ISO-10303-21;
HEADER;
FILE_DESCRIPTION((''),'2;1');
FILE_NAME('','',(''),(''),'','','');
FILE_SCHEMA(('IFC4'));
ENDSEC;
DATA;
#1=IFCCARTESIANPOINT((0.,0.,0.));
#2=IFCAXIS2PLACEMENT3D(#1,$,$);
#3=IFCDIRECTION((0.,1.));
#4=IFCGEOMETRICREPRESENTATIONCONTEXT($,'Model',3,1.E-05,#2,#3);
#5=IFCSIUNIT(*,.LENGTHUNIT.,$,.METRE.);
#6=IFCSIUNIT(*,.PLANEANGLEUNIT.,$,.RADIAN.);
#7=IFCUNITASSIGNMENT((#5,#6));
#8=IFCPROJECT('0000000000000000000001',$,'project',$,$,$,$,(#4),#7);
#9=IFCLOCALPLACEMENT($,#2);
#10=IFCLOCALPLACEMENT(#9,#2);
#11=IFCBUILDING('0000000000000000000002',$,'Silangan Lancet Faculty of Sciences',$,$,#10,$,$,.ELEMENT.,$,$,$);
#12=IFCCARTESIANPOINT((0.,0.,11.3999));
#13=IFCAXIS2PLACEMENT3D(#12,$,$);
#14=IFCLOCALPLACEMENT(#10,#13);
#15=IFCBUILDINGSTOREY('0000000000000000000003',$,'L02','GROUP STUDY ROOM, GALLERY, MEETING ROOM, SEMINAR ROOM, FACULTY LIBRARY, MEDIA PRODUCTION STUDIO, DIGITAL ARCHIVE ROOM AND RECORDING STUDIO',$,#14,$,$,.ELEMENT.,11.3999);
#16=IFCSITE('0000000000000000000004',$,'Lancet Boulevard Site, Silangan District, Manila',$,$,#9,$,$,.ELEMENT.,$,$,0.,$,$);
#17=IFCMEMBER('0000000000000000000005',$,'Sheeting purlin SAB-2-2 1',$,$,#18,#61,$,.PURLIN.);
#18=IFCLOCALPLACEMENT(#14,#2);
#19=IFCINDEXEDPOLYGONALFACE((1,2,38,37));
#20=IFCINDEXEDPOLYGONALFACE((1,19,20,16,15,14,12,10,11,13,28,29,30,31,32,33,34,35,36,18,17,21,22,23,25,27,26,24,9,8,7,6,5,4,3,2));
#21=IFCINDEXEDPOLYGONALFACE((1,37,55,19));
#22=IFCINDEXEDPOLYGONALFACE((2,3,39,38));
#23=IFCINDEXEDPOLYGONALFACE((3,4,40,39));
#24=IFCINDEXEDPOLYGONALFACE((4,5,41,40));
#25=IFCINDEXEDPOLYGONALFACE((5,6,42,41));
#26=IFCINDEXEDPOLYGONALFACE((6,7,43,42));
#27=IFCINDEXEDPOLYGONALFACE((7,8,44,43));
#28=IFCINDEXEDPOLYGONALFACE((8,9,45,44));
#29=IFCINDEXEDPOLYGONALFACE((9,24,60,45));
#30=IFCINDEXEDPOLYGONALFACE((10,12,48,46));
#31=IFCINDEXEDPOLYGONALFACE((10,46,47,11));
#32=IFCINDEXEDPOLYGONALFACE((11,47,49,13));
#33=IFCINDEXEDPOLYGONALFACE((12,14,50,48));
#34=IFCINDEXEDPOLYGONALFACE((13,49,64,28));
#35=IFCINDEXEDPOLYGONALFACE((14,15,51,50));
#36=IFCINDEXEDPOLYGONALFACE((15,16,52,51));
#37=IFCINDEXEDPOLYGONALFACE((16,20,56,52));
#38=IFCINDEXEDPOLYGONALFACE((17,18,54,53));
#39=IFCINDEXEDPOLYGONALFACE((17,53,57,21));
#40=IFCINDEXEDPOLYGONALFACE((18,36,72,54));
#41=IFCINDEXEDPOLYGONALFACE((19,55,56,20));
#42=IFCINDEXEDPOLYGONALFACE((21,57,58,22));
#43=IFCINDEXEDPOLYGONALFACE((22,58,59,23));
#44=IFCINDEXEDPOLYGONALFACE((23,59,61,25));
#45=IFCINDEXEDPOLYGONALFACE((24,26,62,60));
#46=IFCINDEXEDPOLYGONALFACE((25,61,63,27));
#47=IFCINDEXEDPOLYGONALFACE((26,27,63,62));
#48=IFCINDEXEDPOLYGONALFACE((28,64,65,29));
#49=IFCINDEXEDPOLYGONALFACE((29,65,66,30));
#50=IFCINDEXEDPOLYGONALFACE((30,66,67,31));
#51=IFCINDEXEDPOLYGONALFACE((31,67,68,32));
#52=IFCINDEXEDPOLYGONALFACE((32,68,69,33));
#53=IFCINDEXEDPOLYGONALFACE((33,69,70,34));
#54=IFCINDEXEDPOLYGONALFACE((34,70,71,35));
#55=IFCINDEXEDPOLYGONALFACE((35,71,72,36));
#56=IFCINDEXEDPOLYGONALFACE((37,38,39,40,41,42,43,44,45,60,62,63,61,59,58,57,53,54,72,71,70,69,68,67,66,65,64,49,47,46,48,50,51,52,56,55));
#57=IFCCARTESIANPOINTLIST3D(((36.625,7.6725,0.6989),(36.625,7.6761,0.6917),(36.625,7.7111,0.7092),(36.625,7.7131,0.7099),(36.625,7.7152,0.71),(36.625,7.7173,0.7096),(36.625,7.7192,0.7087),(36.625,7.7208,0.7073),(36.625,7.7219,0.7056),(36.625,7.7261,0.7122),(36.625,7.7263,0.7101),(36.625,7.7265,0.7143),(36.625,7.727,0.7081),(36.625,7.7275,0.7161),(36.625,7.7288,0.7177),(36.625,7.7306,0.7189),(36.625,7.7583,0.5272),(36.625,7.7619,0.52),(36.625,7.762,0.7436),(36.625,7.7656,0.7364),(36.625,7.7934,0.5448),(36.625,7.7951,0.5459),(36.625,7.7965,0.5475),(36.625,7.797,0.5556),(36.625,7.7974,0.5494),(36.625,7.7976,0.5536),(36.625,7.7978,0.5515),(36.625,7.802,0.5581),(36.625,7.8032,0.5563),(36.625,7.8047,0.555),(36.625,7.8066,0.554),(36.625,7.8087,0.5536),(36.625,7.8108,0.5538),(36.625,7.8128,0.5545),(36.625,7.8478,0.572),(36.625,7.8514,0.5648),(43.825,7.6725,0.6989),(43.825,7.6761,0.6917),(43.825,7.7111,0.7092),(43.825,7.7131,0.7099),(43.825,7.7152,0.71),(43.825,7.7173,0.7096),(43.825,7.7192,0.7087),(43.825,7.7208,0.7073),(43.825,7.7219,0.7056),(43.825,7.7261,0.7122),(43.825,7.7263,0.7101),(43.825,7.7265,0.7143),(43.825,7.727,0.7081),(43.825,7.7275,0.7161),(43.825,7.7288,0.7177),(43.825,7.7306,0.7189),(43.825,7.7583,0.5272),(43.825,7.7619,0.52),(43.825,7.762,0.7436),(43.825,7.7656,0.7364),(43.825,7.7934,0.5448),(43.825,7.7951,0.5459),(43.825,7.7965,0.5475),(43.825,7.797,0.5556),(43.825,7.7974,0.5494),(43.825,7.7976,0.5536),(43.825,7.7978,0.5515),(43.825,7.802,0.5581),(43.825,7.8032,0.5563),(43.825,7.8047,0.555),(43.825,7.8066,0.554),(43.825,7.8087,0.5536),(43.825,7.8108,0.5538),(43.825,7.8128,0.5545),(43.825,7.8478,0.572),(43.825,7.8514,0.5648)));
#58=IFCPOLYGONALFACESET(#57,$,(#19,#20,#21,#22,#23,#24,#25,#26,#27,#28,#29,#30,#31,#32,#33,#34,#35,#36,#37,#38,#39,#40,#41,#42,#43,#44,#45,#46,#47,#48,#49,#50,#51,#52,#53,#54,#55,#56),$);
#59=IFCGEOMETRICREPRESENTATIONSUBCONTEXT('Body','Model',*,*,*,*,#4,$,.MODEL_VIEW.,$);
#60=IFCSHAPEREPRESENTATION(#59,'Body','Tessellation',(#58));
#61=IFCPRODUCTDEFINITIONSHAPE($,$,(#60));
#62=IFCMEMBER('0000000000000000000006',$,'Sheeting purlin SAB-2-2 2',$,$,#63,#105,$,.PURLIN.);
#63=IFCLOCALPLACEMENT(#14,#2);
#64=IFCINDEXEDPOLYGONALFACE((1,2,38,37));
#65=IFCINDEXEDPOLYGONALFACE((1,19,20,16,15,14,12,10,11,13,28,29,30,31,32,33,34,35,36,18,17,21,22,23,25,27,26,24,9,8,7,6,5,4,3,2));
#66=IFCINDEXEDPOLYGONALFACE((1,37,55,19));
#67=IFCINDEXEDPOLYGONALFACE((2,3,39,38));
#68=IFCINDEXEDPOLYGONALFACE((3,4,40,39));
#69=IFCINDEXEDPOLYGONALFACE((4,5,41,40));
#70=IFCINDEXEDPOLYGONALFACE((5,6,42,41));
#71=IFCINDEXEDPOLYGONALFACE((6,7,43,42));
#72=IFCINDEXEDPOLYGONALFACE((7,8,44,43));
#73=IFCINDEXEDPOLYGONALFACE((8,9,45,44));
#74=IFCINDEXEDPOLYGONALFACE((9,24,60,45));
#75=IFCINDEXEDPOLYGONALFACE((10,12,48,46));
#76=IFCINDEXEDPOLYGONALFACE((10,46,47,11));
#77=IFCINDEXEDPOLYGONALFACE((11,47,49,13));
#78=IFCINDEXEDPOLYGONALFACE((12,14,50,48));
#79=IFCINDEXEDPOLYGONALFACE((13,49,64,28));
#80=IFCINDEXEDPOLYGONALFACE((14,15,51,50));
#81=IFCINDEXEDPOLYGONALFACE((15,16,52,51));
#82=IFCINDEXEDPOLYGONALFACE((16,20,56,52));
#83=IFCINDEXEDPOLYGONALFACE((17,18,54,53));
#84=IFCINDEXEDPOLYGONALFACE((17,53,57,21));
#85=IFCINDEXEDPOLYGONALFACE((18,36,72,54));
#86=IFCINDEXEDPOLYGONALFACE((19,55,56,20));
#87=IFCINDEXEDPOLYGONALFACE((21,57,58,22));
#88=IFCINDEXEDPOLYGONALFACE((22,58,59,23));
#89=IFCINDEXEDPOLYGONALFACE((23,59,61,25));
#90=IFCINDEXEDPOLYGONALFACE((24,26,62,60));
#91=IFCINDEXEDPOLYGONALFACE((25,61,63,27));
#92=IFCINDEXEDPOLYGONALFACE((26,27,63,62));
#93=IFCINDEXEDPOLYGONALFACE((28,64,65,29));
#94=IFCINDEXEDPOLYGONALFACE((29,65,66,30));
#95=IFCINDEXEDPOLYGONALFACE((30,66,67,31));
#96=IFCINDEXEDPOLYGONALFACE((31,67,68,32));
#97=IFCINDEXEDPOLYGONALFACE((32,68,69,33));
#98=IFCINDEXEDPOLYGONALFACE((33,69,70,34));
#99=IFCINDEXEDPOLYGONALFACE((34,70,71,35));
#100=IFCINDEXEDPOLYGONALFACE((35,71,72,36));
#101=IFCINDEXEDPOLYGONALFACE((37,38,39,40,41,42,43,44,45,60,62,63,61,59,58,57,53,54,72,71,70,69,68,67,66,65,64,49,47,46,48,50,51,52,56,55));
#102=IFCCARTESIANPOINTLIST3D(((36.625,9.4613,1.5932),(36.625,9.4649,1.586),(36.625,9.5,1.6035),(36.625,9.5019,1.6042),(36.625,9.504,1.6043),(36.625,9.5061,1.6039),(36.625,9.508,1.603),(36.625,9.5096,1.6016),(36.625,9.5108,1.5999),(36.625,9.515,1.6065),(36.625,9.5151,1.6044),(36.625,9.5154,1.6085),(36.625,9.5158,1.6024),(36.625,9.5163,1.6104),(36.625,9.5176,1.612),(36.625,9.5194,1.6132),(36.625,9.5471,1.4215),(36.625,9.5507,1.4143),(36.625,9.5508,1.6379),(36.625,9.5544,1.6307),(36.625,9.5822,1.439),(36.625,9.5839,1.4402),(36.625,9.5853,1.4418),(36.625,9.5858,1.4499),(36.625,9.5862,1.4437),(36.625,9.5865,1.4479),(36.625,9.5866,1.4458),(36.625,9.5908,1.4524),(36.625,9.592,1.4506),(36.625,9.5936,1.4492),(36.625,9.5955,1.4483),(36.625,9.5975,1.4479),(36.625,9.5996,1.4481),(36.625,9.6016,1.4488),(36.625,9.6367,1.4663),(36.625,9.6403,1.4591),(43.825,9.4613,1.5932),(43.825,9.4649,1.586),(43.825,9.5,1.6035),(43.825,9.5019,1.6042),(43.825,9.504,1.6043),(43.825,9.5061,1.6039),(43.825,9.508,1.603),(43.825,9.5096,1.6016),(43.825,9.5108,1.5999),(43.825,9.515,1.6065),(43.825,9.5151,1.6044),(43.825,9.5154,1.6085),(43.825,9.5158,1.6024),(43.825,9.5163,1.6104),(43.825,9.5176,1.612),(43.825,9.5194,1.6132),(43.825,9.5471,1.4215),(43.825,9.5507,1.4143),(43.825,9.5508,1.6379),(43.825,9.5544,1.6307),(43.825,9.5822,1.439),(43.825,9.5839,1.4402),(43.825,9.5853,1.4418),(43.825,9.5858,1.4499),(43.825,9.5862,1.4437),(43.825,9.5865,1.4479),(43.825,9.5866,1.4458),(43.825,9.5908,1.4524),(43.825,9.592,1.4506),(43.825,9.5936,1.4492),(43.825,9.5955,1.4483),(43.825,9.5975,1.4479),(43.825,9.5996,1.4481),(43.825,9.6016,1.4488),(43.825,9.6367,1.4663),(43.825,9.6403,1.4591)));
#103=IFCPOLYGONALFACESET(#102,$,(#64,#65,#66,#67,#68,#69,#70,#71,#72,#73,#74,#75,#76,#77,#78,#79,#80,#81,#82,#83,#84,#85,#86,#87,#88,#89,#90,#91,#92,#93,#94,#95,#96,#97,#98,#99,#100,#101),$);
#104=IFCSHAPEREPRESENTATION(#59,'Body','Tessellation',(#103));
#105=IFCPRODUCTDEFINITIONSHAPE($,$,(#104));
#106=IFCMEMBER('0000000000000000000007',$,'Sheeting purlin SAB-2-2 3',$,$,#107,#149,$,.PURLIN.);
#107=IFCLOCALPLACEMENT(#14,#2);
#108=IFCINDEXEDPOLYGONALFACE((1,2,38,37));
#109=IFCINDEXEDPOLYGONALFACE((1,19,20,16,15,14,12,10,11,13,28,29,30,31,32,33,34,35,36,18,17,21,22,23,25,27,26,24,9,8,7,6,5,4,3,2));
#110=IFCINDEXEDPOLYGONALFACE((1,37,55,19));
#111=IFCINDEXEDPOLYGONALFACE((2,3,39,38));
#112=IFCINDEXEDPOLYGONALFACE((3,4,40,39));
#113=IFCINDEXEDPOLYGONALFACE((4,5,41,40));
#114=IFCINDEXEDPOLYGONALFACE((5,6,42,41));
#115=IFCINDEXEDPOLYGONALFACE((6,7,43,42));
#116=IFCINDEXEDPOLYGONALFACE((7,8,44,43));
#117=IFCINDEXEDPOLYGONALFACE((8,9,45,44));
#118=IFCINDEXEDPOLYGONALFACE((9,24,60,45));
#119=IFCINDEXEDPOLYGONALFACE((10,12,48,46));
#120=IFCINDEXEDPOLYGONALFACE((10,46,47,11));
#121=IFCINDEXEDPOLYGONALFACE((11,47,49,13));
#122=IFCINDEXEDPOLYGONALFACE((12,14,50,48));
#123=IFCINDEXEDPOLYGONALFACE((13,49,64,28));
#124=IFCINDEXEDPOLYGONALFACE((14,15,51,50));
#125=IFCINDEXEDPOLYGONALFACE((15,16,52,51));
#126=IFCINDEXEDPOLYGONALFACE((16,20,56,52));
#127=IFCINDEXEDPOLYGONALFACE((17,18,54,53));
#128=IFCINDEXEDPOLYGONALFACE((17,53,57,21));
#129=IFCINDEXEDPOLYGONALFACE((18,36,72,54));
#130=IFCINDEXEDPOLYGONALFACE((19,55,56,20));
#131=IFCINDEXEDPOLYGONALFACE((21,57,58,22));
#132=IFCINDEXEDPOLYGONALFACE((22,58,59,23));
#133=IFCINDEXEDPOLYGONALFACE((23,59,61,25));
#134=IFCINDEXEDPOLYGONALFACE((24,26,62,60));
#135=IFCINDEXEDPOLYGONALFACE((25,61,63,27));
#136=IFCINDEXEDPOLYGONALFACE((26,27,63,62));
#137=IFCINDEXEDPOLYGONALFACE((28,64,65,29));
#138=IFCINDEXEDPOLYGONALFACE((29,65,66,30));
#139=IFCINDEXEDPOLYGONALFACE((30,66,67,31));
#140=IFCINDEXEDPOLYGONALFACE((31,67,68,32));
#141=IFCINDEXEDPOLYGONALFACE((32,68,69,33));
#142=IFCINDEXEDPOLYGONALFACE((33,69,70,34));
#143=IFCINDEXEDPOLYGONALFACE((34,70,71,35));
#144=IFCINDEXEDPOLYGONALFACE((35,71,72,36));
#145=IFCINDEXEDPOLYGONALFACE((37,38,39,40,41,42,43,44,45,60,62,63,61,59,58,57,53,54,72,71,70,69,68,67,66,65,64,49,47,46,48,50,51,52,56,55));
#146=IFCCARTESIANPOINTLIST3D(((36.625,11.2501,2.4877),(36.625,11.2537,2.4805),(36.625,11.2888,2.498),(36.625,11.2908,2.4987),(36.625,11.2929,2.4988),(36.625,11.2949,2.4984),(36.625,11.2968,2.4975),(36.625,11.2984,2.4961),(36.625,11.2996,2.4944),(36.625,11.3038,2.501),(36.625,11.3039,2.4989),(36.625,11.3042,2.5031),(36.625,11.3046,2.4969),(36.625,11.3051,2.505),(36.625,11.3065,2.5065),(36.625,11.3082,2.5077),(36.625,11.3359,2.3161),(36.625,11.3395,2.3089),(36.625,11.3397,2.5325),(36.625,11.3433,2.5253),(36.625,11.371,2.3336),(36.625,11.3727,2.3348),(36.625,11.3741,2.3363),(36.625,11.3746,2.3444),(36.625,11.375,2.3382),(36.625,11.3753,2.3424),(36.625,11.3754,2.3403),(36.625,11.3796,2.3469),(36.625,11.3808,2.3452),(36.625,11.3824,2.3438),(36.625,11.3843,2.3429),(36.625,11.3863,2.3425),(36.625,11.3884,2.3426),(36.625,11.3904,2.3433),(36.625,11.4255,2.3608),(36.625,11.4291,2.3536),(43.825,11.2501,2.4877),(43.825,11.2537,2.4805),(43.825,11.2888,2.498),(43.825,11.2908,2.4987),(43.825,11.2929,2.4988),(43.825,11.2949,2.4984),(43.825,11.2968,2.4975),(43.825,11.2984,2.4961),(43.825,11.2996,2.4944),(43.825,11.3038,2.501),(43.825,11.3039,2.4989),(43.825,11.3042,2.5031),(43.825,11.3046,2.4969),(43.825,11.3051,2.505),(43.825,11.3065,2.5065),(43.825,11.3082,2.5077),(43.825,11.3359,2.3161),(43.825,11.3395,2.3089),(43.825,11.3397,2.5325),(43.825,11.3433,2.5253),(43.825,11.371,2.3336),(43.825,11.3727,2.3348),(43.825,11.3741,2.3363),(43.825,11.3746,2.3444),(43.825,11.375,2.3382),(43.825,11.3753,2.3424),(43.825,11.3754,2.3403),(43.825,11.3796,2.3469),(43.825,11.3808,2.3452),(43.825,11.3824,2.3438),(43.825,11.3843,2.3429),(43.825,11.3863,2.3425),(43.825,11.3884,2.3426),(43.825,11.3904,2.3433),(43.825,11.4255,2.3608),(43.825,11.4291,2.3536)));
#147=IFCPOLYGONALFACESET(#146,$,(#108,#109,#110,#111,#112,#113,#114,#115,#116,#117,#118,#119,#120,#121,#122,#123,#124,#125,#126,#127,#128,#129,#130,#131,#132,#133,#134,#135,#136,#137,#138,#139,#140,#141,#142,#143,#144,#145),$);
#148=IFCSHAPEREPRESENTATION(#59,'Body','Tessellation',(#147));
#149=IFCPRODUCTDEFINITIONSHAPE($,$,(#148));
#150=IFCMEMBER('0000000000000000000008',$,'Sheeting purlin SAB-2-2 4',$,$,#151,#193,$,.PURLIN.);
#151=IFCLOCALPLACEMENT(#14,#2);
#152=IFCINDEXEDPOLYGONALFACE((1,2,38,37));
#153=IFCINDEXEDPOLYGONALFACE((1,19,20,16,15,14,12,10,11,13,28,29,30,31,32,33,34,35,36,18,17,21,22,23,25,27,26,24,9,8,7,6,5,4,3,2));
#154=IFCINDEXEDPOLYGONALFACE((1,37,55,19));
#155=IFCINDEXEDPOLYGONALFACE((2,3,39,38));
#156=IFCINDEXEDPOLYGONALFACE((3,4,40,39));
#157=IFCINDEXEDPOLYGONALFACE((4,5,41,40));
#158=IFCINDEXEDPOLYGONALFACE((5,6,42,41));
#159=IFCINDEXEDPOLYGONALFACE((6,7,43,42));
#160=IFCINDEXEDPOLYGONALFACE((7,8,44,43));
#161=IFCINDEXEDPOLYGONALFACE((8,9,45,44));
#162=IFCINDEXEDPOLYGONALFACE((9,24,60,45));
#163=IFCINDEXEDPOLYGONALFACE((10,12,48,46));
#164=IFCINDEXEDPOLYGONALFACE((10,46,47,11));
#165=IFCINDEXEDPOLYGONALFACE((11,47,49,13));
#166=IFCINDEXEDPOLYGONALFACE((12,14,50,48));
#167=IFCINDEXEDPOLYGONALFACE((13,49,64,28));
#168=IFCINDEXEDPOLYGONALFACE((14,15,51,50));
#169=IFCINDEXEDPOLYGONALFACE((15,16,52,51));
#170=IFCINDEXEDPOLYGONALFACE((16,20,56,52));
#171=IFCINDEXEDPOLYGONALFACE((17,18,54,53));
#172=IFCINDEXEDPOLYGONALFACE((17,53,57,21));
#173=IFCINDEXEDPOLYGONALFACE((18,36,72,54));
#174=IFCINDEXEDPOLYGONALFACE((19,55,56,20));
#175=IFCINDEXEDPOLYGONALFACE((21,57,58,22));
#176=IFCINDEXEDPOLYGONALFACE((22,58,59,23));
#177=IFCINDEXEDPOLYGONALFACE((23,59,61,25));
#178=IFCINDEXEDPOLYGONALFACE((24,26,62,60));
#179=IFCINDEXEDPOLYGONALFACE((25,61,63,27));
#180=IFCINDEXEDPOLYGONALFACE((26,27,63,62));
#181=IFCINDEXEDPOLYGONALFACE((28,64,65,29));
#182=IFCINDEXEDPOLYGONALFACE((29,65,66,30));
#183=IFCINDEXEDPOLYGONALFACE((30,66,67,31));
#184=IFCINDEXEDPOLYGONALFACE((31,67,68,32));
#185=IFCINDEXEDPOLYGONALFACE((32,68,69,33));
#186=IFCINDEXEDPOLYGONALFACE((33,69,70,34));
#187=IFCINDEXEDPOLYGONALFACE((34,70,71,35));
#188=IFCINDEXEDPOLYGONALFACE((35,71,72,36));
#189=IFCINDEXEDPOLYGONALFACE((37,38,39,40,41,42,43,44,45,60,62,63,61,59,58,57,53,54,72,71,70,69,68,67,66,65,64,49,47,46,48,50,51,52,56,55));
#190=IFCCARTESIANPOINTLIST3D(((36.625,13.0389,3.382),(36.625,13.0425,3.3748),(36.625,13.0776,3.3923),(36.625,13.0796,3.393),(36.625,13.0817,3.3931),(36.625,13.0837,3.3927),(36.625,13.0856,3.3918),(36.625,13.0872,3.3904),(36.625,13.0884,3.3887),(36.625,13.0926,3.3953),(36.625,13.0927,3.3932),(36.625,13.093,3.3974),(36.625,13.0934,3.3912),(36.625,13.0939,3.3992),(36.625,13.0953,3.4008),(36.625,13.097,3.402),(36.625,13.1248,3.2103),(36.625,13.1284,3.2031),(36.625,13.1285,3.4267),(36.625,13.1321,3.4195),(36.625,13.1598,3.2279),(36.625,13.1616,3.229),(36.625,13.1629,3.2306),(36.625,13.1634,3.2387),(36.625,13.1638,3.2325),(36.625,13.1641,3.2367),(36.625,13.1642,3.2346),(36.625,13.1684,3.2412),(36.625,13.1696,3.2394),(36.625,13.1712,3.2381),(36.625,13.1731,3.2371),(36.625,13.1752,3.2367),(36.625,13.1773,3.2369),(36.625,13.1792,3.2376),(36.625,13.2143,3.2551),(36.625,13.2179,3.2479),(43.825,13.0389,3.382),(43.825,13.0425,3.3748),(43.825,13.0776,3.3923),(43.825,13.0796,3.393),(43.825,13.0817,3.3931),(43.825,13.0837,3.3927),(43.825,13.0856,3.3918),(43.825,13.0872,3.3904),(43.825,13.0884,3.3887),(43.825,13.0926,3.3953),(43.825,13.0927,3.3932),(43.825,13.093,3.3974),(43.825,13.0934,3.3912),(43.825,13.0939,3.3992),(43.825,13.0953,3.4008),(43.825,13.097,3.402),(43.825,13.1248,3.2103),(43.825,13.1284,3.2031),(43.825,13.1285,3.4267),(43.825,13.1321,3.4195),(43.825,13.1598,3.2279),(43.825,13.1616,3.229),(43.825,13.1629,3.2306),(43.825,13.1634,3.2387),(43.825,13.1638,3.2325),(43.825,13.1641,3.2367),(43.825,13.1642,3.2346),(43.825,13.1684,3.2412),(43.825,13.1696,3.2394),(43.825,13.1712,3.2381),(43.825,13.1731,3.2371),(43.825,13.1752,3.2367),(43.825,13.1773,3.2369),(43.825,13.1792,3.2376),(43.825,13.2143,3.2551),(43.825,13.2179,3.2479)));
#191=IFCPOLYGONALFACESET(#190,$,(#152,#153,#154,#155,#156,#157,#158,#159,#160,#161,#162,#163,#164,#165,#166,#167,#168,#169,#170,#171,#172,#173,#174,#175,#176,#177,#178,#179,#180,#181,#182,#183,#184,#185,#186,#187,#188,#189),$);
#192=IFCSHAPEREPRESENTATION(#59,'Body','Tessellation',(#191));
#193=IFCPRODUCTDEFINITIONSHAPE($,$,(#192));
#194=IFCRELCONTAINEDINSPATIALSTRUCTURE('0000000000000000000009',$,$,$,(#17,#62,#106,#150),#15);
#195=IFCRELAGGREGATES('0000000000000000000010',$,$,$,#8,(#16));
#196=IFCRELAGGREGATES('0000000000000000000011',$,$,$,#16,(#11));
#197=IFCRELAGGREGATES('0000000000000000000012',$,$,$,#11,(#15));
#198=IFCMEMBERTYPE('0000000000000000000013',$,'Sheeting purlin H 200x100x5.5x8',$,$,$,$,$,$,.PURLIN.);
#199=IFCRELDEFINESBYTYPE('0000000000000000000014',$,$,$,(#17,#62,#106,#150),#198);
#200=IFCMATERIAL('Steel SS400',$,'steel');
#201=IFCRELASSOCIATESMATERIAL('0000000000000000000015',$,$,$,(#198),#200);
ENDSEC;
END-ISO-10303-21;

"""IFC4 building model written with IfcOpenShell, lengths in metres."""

from ifc_helpers import new_model, si_unit, direction, frame, origin, origin_2d, place, context, subcontext, project, spatial, i_section, extrude, material, material_profile, profile_set, type_object, element, save


model = new_model("IFC4")

# Units and contexts
model_context = context("Model", 3, precision=1e-05, world=origin(), true_north=direction((0.0, 1.0)))
body_context = subcontext(model_context, "Body", "Model", "MODEL_VIEW")
ifc_project = project(units=[si_unit("LENGTHUNIT", "METRE"), si_unit("PLANEANGLEUNIT", "RADIAN")], contexts=[model_context])

# Site, building, storey
site_placement = place(None, origin())
site = spatial("IfcSite", under=ifc_project, at=site_placement, Name="Lancet Boulevard Site, Silangan District, Manila", CompositionType="ELEMENT", RefElevation=0.0)
building_placement = place(site_placement, origin())
building = spatial("IfcBuilding", under=site, at=building_placement, Name="Silangan Lancet Faculty of Sciences", CompositionType="ELEMENT")
storey_placement = place(building_placement, frame((0.0, 0.0, 11.3999)))
storey = spatial("IfcBuildingStorey", under=building, at=storey_placement, Name="L02", Description="GROUP STUDY ROOM, GALLERY, MEETING ROOM, SEMINAR ROOM, FACULTY LIBRARY, MEDIA PRODUCTION STUDIO, DIGITAL ARCHIVE ROOM AND RECORDING STUDIO", CompositionType="ELEMENT", Elevation=11.3999)

# Members
ifc_material_1 = material(Name="Steel SS400", Category="steel")
ifc_material_profile_1 = material_profile(ifc_material_1, i_section(OverallWidth=0.1001, OverallDepth=0.2, WebThickness=0.0056, FlangeThickness=0.0081, FilletRadius=0.0081, at=origin_2d()), Name="H 200x100x5.5x8")
ifc_profile_set_1 = profile_set([ifc_material_profile_1], Name="Steel SS400")
member_type_1 = type_object("IfcMemberType", Name="Sheeting purlin H 200x100x5.5x8", PredefinedType="PURLIN", material=ifc_profile_set_1)
for number, where, z_axis, x_axis, name in (
    (1, (36.625, 7.762, 0.6318), (1.0, 0.0, 0.0), (0.0, 0.894427, 0.447214), "Sheeting purlin SAB-2-2 1"),
    (2, (36.625, 9.5508, 1.5261), (1.0, 0.0, 0.0), (0.0, 0.894427, 0.447214), "Sheeting purlin SAB-2-2 2"),
    (3, (36.625, 11.3396, 2.4207), (1.0, 0.0, 0.0), (0.0, 0.894427, 0.447214), "Sheeting purlin SAB-2-2 3"),
    (4, (36.625, 13.1284, 3.3149), (1.0, 0.0, 0.0), (0.0, 0.894427, 0.447214), "Sheeting purlin SAB-2-2 4"),
):
    element("IfcMember", number, at=place(storey_placement, frame(where, z_axis=z_axis, x_axis=x_axis)), inside=storey, type_object=member_type_1, Name=name, PredefinedType="PURLIN", context=body_context, shape_type="SweptSolid", body=[
        extrude(i_section(OverallWidth=0.1001, OverallDepth=0.2, WebThickness=0.0056, FlangeThickness=0.0081, FilletRadius=0.0081, at=origin_2d()), origin(), (0.0, 0.0, 1.0), 7.2),
    ])

save(model, "model.ifc")
